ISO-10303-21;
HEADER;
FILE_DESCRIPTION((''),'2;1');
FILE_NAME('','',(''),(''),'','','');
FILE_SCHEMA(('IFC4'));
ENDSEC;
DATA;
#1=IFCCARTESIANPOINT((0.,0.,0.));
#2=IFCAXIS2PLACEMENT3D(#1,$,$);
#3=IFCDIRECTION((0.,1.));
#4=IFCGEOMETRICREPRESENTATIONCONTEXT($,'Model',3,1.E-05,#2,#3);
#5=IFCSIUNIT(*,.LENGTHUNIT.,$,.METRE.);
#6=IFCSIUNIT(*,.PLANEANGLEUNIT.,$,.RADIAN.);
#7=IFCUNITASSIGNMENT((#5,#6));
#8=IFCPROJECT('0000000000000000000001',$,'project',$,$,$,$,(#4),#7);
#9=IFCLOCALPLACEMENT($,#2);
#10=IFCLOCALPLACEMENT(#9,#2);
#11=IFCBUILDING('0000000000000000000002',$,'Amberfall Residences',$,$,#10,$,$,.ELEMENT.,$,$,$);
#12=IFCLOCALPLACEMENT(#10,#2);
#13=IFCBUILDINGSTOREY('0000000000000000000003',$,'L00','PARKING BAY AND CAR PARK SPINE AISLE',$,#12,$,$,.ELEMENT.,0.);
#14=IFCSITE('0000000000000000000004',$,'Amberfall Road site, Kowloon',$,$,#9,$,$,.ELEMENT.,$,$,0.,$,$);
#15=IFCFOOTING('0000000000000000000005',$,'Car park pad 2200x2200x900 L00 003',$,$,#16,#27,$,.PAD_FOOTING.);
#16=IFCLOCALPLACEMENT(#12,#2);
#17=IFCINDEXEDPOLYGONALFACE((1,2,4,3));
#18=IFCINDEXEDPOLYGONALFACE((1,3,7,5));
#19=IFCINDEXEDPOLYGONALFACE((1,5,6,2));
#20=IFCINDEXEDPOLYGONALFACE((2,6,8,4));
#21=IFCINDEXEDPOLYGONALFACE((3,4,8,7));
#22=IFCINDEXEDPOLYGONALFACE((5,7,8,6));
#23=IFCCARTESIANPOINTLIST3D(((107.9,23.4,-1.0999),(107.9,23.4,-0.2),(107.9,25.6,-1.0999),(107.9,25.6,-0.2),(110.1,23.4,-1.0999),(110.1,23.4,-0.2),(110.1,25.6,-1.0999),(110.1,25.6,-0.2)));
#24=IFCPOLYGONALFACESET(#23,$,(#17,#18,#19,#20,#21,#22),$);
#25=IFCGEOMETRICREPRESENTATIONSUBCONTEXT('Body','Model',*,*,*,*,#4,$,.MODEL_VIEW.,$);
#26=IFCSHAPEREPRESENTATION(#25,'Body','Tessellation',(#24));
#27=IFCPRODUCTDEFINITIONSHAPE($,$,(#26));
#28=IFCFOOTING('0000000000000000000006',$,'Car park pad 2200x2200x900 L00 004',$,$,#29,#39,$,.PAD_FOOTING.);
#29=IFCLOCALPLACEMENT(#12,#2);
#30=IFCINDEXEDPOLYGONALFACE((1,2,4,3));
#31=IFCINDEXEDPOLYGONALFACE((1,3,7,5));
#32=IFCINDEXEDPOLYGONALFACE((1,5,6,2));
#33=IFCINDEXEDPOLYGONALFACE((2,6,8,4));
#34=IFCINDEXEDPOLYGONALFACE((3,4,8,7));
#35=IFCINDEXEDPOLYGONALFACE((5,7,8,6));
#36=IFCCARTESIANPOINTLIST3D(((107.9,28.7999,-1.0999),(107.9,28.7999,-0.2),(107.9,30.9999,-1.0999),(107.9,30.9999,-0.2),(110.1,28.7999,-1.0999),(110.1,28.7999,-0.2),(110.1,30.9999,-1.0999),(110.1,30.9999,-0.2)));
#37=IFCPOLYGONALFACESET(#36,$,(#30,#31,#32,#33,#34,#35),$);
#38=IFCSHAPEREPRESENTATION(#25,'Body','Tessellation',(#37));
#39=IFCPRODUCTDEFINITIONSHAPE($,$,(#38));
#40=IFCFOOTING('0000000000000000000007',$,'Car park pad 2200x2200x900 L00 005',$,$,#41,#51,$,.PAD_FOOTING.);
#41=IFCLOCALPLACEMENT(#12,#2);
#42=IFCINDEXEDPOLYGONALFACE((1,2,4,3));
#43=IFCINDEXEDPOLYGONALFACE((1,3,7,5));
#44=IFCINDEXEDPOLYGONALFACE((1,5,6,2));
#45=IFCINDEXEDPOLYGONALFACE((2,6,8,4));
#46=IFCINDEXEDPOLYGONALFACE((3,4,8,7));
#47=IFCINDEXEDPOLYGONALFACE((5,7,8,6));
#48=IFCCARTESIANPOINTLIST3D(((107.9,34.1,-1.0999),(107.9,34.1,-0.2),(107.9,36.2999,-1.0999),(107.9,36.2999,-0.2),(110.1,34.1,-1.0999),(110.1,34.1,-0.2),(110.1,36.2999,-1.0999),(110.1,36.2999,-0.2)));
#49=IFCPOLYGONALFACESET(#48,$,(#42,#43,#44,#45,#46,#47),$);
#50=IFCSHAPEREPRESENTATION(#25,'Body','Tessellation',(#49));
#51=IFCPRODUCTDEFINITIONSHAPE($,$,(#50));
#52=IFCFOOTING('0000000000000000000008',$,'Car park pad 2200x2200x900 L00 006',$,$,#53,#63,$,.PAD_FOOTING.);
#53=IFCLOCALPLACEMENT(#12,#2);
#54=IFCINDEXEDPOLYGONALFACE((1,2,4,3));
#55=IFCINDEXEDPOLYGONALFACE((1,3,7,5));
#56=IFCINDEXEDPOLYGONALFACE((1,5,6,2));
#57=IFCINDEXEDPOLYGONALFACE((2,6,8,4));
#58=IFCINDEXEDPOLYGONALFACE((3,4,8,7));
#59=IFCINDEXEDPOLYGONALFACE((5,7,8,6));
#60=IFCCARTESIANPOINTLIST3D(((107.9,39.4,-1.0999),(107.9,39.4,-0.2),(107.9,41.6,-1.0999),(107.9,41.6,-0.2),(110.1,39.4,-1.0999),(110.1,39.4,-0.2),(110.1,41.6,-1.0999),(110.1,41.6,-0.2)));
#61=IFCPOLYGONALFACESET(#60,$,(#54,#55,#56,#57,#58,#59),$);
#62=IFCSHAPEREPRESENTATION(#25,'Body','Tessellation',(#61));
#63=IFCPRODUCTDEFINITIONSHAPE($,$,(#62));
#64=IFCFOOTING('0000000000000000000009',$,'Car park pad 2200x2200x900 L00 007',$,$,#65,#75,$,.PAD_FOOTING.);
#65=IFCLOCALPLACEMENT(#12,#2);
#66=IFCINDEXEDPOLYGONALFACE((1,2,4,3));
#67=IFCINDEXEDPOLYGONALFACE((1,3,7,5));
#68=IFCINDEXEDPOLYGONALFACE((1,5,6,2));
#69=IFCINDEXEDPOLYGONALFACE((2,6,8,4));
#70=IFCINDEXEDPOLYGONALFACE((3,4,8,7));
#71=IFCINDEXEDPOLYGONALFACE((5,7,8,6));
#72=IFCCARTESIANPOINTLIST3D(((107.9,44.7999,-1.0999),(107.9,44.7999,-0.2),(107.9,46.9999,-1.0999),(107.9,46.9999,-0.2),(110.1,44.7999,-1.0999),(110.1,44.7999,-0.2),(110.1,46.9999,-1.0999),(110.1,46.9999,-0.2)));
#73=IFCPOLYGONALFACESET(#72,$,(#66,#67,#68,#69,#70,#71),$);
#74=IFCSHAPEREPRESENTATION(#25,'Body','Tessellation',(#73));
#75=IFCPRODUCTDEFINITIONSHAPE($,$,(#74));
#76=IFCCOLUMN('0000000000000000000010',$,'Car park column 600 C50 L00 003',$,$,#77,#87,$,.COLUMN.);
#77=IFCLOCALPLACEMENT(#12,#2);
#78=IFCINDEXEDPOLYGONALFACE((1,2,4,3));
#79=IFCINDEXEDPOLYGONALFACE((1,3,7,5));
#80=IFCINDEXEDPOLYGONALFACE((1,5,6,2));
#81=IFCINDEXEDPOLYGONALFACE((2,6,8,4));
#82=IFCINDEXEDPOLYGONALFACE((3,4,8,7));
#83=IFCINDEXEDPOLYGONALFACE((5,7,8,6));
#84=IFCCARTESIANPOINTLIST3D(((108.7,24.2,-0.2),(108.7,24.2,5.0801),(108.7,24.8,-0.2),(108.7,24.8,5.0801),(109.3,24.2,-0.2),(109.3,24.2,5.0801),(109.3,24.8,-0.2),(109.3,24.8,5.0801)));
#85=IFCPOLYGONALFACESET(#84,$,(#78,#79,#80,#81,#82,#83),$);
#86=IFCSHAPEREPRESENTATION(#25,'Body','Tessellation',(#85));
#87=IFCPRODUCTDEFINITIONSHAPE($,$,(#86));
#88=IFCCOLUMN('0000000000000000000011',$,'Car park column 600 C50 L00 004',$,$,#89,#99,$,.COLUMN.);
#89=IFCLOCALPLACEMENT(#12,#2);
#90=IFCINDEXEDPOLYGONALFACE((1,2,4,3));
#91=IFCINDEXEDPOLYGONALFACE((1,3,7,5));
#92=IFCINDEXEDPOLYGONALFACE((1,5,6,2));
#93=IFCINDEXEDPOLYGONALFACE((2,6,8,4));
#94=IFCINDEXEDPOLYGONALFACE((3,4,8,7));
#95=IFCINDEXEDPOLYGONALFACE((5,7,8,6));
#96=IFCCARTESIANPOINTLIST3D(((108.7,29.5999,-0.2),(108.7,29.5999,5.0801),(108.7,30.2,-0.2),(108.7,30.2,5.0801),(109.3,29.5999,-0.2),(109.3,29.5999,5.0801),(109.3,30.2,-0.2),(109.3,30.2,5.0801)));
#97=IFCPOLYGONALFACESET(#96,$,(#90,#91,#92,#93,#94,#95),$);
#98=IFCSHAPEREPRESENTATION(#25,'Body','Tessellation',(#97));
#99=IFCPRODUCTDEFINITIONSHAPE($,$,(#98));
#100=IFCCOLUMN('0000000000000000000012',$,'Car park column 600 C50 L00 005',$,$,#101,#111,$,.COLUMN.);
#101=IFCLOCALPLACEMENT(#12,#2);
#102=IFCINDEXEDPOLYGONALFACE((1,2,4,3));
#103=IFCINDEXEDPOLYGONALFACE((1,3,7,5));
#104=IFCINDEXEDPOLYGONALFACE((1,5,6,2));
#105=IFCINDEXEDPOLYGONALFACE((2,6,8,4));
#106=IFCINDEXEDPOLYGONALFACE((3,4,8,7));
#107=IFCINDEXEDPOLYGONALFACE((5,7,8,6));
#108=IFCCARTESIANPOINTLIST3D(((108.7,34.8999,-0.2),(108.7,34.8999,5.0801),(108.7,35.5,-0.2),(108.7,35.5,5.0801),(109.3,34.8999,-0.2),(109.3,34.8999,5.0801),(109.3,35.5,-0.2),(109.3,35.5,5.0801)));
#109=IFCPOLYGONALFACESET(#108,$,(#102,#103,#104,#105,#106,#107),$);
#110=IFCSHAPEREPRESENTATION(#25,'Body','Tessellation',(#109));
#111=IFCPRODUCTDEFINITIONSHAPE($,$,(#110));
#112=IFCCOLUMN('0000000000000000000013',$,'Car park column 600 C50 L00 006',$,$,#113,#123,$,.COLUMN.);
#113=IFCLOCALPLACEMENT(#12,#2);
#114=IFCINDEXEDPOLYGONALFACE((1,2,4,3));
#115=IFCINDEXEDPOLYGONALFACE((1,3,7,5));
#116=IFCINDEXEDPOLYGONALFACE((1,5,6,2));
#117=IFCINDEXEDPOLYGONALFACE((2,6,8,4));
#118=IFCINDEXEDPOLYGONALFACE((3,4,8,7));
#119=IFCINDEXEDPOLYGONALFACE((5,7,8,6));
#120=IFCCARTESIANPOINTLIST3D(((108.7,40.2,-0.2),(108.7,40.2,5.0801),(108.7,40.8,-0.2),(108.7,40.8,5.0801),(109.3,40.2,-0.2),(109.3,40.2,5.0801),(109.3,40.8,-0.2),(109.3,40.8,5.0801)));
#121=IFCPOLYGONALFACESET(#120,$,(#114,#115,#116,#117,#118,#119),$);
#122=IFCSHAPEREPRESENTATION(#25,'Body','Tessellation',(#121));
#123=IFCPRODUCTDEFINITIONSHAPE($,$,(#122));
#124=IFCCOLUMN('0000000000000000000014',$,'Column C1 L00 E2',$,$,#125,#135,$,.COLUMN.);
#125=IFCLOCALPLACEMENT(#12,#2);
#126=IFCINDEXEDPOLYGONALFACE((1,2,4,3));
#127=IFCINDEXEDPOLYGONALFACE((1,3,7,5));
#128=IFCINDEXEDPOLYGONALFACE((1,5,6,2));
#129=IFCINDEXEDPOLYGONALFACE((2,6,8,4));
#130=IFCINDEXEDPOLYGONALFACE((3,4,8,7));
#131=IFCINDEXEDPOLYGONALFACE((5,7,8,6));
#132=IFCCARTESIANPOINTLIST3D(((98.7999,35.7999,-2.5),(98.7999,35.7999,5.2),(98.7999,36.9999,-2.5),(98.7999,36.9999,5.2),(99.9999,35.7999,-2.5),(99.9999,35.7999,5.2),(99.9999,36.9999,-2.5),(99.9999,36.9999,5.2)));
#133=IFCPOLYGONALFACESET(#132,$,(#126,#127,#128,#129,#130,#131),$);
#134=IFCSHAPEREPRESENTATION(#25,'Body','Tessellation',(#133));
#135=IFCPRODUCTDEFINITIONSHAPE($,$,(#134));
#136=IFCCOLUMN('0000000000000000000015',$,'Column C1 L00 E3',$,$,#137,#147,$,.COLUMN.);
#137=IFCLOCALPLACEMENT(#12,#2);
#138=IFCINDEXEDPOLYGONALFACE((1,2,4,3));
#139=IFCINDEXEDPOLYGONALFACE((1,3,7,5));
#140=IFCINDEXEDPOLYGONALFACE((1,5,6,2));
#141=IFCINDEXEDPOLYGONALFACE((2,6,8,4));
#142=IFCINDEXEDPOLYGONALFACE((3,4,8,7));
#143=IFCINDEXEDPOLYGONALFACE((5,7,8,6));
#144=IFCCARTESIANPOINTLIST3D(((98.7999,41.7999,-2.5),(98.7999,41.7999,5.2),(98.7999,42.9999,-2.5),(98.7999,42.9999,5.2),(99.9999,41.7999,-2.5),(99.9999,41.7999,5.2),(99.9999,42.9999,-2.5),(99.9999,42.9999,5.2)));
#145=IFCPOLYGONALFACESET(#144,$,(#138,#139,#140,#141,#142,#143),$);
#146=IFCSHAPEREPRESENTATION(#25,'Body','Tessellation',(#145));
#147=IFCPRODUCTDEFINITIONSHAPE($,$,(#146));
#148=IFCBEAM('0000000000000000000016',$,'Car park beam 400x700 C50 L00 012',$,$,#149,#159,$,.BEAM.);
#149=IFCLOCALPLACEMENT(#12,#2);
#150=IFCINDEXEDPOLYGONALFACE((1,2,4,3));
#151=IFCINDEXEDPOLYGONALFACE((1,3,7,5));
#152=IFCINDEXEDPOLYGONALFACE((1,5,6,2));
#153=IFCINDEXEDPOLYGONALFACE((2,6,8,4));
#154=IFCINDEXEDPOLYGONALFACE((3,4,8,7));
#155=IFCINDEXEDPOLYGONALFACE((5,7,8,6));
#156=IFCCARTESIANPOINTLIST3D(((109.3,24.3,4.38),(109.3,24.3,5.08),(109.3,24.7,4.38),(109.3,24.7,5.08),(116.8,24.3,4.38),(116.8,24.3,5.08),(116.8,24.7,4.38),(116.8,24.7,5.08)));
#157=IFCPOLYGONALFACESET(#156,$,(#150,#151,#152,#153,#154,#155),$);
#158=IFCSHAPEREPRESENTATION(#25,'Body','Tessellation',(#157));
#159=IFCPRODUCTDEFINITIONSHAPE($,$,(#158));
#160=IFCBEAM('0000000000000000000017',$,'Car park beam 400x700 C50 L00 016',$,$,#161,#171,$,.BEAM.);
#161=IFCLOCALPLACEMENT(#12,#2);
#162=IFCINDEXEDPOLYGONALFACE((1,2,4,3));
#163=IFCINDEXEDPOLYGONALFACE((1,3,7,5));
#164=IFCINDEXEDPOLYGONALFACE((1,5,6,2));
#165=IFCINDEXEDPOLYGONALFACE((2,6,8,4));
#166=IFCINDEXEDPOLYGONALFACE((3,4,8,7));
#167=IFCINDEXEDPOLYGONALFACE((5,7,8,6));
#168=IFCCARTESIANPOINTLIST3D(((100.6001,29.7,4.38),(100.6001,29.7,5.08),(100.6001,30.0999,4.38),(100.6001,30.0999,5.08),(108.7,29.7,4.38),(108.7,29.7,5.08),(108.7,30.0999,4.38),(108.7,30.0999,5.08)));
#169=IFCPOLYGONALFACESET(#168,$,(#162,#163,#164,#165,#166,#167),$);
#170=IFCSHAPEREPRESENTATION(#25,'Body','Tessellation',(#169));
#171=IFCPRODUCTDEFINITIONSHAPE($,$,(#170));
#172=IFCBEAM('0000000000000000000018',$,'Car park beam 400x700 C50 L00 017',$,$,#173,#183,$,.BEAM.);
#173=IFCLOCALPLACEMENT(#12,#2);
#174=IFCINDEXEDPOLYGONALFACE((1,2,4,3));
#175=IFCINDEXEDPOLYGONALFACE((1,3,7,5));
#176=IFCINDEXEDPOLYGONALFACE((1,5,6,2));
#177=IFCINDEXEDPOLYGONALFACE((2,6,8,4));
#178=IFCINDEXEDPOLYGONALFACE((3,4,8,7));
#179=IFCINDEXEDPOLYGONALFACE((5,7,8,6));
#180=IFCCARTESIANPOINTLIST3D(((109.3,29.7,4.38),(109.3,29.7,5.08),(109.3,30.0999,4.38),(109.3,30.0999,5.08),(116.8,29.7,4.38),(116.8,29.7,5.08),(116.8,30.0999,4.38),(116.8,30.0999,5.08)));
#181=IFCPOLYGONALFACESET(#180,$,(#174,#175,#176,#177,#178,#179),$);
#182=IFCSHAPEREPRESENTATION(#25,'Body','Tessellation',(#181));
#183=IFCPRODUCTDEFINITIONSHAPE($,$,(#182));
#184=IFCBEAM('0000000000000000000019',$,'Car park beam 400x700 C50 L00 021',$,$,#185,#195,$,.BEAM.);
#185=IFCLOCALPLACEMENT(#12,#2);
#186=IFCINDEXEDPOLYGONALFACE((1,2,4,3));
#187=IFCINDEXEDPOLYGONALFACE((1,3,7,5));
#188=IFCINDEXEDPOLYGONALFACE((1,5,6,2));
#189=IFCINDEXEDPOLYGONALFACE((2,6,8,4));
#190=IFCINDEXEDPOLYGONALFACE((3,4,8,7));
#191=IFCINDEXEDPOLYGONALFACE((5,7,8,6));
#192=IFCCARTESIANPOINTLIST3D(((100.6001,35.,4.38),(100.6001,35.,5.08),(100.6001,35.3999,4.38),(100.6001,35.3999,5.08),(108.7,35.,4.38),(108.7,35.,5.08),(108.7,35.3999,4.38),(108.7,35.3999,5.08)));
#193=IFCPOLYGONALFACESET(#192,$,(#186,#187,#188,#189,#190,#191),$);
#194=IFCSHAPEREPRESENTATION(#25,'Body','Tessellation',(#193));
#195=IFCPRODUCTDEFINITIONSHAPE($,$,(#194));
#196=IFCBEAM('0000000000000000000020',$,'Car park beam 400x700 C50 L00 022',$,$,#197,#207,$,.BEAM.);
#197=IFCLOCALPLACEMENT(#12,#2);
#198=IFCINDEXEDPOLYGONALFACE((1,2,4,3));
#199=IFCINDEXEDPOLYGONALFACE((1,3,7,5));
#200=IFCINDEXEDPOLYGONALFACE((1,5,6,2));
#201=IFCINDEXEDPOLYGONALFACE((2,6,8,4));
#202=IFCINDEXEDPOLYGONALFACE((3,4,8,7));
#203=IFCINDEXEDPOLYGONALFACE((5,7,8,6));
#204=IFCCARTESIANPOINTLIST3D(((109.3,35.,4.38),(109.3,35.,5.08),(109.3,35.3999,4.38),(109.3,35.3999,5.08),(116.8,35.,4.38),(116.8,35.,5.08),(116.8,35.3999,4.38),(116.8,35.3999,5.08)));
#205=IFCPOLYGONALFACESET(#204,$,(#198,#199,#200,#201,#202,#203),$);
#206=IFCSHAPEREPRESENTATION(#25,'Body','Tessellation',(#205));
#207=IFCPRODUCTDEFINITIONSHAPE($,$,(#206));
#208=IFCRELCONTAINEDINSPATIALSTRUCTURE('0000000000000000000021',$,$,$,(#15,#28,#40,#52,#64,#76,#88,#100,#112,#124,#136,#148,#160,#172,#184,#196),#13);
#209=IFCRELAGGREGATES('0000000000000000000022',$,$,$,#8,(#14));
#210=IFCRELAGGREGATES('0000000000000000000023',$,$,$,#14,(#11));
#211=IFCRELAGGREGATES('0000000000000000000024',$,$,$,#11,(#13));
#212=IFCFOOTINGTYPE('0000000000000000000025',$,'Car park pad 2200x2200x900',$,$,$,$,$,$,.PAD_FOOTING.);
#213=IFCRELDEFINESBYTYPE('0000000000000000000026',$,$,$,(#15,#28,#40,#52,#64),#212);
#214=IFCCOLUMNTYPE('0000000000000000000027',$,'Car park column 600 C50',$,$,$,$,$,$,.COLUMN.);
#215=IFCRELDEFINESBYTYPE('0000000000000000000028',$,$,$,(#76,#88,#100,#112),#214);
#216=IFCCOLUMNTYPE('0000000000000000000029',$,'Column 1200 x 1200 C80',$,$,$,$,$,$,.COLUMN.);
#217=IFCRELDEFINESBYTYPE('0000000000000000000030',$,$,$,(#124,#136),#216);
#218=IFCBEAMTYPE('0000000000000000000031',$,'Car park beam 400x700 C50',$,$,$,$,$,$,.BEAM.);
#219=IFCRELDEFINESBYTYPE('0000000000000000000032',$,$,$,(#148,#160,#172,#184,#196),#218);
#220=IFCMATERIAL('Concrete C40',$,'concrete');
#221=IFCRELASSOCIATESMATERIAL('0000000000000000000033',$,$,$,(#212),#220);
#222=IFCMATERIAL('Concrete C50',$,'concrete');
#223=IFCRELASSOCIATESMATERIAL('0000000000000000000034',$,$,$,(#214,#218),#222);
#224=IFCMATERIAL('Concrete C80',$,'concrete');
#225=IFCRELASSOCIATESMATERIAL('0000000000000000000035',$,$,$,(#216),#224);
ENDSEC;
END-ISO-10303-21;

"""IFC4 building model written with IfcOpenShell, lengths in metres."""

from ifc_helpers import new_model, si_unit, direction, frame, origin, origin_2d, place, context, subcontext, project, spatial, rectangle, extrude, material, material_profile, profile_set, type_object, element, save


model = new_model("IFC4")

# Units and contexts
model_context = context("Model", 3, precision=1e-05, world=origin(), true_north=direction((0.0, 1.0)))
body_context = subcontext(model_context, "Body", "Model", "MODEL_VIEW")
ifc_project = project(units=[si_unit("LENGTHUNIT", "METRE"), si_unit("PLANEANGLEUNIT", "RADIAN")], contexts=[model_context])

# Site, building, storey
site_placement = place(None, origin())
site = spatial("IfcSite", under=ifc_project, at=site_placement, Name="Amberfall Road site, Kowloon", CompositionType="ELEMENT", RefElevation=0.0)
building_placement = place(site_placement, origin())
building = spatial("IfcBuilding", under=site, at=building_placement, Name="Amberfall Residences", CompositionType="ELEMENT")
storey_placement = place(building_placement, origin())
storey = spatial("IfcBuildingStorey", under=building, at=storey_placement, Name="L00", Description="PARKING BAY AND CAR PARK SPINE AISLE", CompositionType="ELEMENT", Elevation=0.0)

# Footings
ifc_material_1 = material(Name="Concrete C40", Category="concrete")
footing_type = type_object("IfcFootingType", Name="Car park pad 2200x2200x900", PredefinedType="PAD_FOOTING", material=ifc_material_1)
for number, where, z_axis, x_axis, name in (
    (1, (109.0, 24.5, -1.0999), (0.0, 0.0, 1.0), (1.0, 0.0, 0.0), "Car park pad 2200x2200x900 L00 003"),
    (2, (109.0, 29.8999, -1.0999), (0.0, 0.0, 1.0), (1.0, 0.0, 0.0), "Car park pad 2200x2200x900 L00 004"),
    (3, (109.0, 35.2, -1.0999), (0.0, 0.0, 1.0), (1.0, 0.0, 0.0), "Car park pad 2200x2200x900 L00 005"),
    (4, (109.0, 40.5, -1.0999), (0.0, 0.0, 1.0), (1.0, 0.0, 0.0), "Car park pad 2200x2200x900 L00 006"),
    (5, (109.0, 45.8999, -1.0999), (0.0, 0.0, 1.0), (1.0, 0.0, 0.0), "Car park pad 2200x2200x900 L00 007"),
):
    element("IfcFooting", number, at=place(storey_placement, frame(where, z_axis=z_axis, x_axis=x_axis)), inside=storey, type_object=footing_type, Name=name, PredefinedType="PAD_FOOTING", context=body_context, shape_type="SweptSolid", body=[
        extrude(rectangle(XDim=2.2, YDim=2.2, at=origin_2d()), origin(), (0.0, 0.0, 1.0), 0.8999),
    ])

# Columns
ifc_material_2 = material(Name="Concrete C50", Category="concrete")
ifc_material_profile_1 = material_profile(ifc_material_2, rectangle(XDim=0.6001, YDim=0.6001, at=origin_2d()), Name="RC 600x600")
ifc_profile_set_1 = profile_set([ifc_material_profile_1], Name="Concrete C50")
column_type_1 = type_object("IfcColumnType", Name="Car park column 600 C50", PredefinedType="COLUMN", material=ifc_profile_set_1)
for number, where, z_axis, x_axis, name in (
    (6, (109.0, 24.5, -0.2), (0.0, 0.0, 1.0), (1.0, 0.0, 0.0), "Car park column 600 C50 L00 003"),
    (7, (109.0, 29.8999, -0.2), (0.0, 0.0, 1.0), (1.0, 0.0, 0.0), "Car park column 600 C50 L00 004"),
    (8, (109.0, 35.2, -0.2), (0.0, 0.0, 1.0), (1.0, 0.0, 0.0), "Car park column 600 C50 L00 005"),
    (9, (109.0, 40.5, -0.2), (0.0, 0.0, 1.0), (1.0, 0.0, 0.0), "Car park column 600 C50 L00 006"),
):
    element("IfcColumn", number, at=place(storey_placement, frame(where, z_axis=z_axis, x_axis=x_axis)), inside=storey, type_object=column_type_1, Name=name, PredefinedType="COLUMN", context=body_context, shape_type="SweptSolid", body=[
        extrude(rectangle(XDim=0.6001, YDim=0.6001, at=origin_2d()), origin(), (0.0, 0.0, 1.0), 5.28),
    ])
ifc_material_3 = material(Name="Concrete C80", Category="concrete")
ifc_material_profile_2 = material_profile(ifc_material_3, rectangle(XDim=1.2, YDim=1.2, at=origin_2d()), Name="Column 1200 x 1200 C80")
ifc_profile_set_2 = profile_set([ifc_material_profile_2], Name="Concrete C80")
column_type_2 = type_object("IfcColumnType", Name="Column 1200 x 1200 C80", PredefinedType="COLUMN", material=ifc_profile_set_2)
for number, where, z_axis, x_axis, name in (
    (10, (99.3999, 36.3999, -2.5), (0.0, 0.0, 1.0), (1.0, 0.0, 0.0), "Column C1 L00 E2"),
    (11, (99.3999, 42.3999, -2.5), (0.0, 0.0, 1.0), (1.0, 0.0, 0.0), "Column C1 L00 E3"),
):
    element("IfcColumn", number, at=place(storey_placement, frame(where, z_axis=z_axis, x_axis=x_axis)), inside=storey, type_object=column_type_2, Name=name, PredefinedType="COLUMN", context=body_context, shape_type="SweptSolid", body=[
        extrude(rectangle(XDim=1.2, YDim=1.2, at=origin_2d()), origin(), (0.0, 0.0, 1.0), 7.7),
    ])

# Beams
ifc_material_profile_3 = material_profile(ifc_material_2, rectangle(XDim=0.3999, YDim=0.7, at=origin_2d()), Name="RC 400x700")
ifc_profile_set_3 = profile_set([ifc_material_profile_3], Name="Concrete C50")
beam_type = type_object("IfcBeamType", Name="Car park beam 400x700 C50", PredefinedType="BEAM", material=ifc_profile_set_3)
beam_1_placement = place(storey_placement, frame((109.3, 24.5, 4.73), z_axis=(1.0, 0.0, 0.0), x_axis=(0.0, 1.0, 0.0)))
element("IfcBeam", 12, at=beam_1_placement, inside=storey, type_object=beam_type, Name="Car park beam 400x700 C50 L00 012", PredefinedType="BEAM", context=body_context, shape_type="SweptSolid", body=[
    extrude(rectangle(XDim=0.3999, YDim=0.7, at=origin_2d()), origin(), (0.0, 0.0, 1.0), 7.5),
])
beam_2_placement = place(storey_placement, frame((100.6001, 29.8999, 4.73), z_axis=(1.0, 0.0, 0.0), x_axis=(0.0, 1.0, 0.0)))
element("IfcBeam", 13, at=beam_2_placement, inside=storey, type_object=beam_type, Name="Car park beam 400x700 C50 L00 016", PredefinedType="BEAM", context=body_context, shape_type="SweptSolid", body=[
    extrude(rectangle(XDim=0.3999, YDim=0.7, at=origin_2d()), origin(), (0.0, 0.0, 1.0), 8.0999),
])
beam_3_placement = place(storey_placement, frame((109.3, 29.8999, 4.73), z_axis=(1.0, 0.0, 0.0), x_axis=(0.0, 1.0, 0.0)))
element("IfcBeam", 14, at=beam_3_placement, inside=storey, type_object=beam_type, Name="Car park beam 400x700 C50 L00 017", PredefinedType="BEAM", context=body_context, shape_type="SweptSolid", body=[
    extrude(rectangle(XDim=0.3999, YDim=0.7, at=origin_2d()), origin(), (0.0, 0.0, 1.0), 7.5),
])
beam_4_placement = place(storey_placement, frame((100.6001, 35.2, 4.73), z_axis=(1.0, 0.0, 0.0), x_axis=(0.0, 1.0, 0.0)))
element("IfcBeam", 15, at=beam_4_placement, inside=storey, type_object=beam_type, Name="Car park beam 400x700 C50 L00 021", PredefinedType="BEAM", context=body_context, shape_type="SweptSolid", body=[
    extrude(rectangle(XDim=0.3999, YDim=0.7, at=origin_2d()), origin(), (0.0, 0.0, 1.0), 8.0999),
])
beam_5_placement = place(storey_placement, frame((109.3, 35.2, 4.73), z_axis=(1.0, 0.0, 0.0), x_axis=(0.0, 1.0, 0.0)))
element("IfcBeam", 16, at=beam_5_placement, inside=storey, type_object=beam_type, Name="Car park beam 400x700 C50 L00 022", PredefinedType="BEAM", context=body_context, shape_type="SweptSolid", body=[
    extrude(rectangle(XDim=0.3999, YDim=0.7, at=origin_2d()), origin(), (0.0, 0.0, 1.0), 7.5),
])

save(model, "model.ifc")
